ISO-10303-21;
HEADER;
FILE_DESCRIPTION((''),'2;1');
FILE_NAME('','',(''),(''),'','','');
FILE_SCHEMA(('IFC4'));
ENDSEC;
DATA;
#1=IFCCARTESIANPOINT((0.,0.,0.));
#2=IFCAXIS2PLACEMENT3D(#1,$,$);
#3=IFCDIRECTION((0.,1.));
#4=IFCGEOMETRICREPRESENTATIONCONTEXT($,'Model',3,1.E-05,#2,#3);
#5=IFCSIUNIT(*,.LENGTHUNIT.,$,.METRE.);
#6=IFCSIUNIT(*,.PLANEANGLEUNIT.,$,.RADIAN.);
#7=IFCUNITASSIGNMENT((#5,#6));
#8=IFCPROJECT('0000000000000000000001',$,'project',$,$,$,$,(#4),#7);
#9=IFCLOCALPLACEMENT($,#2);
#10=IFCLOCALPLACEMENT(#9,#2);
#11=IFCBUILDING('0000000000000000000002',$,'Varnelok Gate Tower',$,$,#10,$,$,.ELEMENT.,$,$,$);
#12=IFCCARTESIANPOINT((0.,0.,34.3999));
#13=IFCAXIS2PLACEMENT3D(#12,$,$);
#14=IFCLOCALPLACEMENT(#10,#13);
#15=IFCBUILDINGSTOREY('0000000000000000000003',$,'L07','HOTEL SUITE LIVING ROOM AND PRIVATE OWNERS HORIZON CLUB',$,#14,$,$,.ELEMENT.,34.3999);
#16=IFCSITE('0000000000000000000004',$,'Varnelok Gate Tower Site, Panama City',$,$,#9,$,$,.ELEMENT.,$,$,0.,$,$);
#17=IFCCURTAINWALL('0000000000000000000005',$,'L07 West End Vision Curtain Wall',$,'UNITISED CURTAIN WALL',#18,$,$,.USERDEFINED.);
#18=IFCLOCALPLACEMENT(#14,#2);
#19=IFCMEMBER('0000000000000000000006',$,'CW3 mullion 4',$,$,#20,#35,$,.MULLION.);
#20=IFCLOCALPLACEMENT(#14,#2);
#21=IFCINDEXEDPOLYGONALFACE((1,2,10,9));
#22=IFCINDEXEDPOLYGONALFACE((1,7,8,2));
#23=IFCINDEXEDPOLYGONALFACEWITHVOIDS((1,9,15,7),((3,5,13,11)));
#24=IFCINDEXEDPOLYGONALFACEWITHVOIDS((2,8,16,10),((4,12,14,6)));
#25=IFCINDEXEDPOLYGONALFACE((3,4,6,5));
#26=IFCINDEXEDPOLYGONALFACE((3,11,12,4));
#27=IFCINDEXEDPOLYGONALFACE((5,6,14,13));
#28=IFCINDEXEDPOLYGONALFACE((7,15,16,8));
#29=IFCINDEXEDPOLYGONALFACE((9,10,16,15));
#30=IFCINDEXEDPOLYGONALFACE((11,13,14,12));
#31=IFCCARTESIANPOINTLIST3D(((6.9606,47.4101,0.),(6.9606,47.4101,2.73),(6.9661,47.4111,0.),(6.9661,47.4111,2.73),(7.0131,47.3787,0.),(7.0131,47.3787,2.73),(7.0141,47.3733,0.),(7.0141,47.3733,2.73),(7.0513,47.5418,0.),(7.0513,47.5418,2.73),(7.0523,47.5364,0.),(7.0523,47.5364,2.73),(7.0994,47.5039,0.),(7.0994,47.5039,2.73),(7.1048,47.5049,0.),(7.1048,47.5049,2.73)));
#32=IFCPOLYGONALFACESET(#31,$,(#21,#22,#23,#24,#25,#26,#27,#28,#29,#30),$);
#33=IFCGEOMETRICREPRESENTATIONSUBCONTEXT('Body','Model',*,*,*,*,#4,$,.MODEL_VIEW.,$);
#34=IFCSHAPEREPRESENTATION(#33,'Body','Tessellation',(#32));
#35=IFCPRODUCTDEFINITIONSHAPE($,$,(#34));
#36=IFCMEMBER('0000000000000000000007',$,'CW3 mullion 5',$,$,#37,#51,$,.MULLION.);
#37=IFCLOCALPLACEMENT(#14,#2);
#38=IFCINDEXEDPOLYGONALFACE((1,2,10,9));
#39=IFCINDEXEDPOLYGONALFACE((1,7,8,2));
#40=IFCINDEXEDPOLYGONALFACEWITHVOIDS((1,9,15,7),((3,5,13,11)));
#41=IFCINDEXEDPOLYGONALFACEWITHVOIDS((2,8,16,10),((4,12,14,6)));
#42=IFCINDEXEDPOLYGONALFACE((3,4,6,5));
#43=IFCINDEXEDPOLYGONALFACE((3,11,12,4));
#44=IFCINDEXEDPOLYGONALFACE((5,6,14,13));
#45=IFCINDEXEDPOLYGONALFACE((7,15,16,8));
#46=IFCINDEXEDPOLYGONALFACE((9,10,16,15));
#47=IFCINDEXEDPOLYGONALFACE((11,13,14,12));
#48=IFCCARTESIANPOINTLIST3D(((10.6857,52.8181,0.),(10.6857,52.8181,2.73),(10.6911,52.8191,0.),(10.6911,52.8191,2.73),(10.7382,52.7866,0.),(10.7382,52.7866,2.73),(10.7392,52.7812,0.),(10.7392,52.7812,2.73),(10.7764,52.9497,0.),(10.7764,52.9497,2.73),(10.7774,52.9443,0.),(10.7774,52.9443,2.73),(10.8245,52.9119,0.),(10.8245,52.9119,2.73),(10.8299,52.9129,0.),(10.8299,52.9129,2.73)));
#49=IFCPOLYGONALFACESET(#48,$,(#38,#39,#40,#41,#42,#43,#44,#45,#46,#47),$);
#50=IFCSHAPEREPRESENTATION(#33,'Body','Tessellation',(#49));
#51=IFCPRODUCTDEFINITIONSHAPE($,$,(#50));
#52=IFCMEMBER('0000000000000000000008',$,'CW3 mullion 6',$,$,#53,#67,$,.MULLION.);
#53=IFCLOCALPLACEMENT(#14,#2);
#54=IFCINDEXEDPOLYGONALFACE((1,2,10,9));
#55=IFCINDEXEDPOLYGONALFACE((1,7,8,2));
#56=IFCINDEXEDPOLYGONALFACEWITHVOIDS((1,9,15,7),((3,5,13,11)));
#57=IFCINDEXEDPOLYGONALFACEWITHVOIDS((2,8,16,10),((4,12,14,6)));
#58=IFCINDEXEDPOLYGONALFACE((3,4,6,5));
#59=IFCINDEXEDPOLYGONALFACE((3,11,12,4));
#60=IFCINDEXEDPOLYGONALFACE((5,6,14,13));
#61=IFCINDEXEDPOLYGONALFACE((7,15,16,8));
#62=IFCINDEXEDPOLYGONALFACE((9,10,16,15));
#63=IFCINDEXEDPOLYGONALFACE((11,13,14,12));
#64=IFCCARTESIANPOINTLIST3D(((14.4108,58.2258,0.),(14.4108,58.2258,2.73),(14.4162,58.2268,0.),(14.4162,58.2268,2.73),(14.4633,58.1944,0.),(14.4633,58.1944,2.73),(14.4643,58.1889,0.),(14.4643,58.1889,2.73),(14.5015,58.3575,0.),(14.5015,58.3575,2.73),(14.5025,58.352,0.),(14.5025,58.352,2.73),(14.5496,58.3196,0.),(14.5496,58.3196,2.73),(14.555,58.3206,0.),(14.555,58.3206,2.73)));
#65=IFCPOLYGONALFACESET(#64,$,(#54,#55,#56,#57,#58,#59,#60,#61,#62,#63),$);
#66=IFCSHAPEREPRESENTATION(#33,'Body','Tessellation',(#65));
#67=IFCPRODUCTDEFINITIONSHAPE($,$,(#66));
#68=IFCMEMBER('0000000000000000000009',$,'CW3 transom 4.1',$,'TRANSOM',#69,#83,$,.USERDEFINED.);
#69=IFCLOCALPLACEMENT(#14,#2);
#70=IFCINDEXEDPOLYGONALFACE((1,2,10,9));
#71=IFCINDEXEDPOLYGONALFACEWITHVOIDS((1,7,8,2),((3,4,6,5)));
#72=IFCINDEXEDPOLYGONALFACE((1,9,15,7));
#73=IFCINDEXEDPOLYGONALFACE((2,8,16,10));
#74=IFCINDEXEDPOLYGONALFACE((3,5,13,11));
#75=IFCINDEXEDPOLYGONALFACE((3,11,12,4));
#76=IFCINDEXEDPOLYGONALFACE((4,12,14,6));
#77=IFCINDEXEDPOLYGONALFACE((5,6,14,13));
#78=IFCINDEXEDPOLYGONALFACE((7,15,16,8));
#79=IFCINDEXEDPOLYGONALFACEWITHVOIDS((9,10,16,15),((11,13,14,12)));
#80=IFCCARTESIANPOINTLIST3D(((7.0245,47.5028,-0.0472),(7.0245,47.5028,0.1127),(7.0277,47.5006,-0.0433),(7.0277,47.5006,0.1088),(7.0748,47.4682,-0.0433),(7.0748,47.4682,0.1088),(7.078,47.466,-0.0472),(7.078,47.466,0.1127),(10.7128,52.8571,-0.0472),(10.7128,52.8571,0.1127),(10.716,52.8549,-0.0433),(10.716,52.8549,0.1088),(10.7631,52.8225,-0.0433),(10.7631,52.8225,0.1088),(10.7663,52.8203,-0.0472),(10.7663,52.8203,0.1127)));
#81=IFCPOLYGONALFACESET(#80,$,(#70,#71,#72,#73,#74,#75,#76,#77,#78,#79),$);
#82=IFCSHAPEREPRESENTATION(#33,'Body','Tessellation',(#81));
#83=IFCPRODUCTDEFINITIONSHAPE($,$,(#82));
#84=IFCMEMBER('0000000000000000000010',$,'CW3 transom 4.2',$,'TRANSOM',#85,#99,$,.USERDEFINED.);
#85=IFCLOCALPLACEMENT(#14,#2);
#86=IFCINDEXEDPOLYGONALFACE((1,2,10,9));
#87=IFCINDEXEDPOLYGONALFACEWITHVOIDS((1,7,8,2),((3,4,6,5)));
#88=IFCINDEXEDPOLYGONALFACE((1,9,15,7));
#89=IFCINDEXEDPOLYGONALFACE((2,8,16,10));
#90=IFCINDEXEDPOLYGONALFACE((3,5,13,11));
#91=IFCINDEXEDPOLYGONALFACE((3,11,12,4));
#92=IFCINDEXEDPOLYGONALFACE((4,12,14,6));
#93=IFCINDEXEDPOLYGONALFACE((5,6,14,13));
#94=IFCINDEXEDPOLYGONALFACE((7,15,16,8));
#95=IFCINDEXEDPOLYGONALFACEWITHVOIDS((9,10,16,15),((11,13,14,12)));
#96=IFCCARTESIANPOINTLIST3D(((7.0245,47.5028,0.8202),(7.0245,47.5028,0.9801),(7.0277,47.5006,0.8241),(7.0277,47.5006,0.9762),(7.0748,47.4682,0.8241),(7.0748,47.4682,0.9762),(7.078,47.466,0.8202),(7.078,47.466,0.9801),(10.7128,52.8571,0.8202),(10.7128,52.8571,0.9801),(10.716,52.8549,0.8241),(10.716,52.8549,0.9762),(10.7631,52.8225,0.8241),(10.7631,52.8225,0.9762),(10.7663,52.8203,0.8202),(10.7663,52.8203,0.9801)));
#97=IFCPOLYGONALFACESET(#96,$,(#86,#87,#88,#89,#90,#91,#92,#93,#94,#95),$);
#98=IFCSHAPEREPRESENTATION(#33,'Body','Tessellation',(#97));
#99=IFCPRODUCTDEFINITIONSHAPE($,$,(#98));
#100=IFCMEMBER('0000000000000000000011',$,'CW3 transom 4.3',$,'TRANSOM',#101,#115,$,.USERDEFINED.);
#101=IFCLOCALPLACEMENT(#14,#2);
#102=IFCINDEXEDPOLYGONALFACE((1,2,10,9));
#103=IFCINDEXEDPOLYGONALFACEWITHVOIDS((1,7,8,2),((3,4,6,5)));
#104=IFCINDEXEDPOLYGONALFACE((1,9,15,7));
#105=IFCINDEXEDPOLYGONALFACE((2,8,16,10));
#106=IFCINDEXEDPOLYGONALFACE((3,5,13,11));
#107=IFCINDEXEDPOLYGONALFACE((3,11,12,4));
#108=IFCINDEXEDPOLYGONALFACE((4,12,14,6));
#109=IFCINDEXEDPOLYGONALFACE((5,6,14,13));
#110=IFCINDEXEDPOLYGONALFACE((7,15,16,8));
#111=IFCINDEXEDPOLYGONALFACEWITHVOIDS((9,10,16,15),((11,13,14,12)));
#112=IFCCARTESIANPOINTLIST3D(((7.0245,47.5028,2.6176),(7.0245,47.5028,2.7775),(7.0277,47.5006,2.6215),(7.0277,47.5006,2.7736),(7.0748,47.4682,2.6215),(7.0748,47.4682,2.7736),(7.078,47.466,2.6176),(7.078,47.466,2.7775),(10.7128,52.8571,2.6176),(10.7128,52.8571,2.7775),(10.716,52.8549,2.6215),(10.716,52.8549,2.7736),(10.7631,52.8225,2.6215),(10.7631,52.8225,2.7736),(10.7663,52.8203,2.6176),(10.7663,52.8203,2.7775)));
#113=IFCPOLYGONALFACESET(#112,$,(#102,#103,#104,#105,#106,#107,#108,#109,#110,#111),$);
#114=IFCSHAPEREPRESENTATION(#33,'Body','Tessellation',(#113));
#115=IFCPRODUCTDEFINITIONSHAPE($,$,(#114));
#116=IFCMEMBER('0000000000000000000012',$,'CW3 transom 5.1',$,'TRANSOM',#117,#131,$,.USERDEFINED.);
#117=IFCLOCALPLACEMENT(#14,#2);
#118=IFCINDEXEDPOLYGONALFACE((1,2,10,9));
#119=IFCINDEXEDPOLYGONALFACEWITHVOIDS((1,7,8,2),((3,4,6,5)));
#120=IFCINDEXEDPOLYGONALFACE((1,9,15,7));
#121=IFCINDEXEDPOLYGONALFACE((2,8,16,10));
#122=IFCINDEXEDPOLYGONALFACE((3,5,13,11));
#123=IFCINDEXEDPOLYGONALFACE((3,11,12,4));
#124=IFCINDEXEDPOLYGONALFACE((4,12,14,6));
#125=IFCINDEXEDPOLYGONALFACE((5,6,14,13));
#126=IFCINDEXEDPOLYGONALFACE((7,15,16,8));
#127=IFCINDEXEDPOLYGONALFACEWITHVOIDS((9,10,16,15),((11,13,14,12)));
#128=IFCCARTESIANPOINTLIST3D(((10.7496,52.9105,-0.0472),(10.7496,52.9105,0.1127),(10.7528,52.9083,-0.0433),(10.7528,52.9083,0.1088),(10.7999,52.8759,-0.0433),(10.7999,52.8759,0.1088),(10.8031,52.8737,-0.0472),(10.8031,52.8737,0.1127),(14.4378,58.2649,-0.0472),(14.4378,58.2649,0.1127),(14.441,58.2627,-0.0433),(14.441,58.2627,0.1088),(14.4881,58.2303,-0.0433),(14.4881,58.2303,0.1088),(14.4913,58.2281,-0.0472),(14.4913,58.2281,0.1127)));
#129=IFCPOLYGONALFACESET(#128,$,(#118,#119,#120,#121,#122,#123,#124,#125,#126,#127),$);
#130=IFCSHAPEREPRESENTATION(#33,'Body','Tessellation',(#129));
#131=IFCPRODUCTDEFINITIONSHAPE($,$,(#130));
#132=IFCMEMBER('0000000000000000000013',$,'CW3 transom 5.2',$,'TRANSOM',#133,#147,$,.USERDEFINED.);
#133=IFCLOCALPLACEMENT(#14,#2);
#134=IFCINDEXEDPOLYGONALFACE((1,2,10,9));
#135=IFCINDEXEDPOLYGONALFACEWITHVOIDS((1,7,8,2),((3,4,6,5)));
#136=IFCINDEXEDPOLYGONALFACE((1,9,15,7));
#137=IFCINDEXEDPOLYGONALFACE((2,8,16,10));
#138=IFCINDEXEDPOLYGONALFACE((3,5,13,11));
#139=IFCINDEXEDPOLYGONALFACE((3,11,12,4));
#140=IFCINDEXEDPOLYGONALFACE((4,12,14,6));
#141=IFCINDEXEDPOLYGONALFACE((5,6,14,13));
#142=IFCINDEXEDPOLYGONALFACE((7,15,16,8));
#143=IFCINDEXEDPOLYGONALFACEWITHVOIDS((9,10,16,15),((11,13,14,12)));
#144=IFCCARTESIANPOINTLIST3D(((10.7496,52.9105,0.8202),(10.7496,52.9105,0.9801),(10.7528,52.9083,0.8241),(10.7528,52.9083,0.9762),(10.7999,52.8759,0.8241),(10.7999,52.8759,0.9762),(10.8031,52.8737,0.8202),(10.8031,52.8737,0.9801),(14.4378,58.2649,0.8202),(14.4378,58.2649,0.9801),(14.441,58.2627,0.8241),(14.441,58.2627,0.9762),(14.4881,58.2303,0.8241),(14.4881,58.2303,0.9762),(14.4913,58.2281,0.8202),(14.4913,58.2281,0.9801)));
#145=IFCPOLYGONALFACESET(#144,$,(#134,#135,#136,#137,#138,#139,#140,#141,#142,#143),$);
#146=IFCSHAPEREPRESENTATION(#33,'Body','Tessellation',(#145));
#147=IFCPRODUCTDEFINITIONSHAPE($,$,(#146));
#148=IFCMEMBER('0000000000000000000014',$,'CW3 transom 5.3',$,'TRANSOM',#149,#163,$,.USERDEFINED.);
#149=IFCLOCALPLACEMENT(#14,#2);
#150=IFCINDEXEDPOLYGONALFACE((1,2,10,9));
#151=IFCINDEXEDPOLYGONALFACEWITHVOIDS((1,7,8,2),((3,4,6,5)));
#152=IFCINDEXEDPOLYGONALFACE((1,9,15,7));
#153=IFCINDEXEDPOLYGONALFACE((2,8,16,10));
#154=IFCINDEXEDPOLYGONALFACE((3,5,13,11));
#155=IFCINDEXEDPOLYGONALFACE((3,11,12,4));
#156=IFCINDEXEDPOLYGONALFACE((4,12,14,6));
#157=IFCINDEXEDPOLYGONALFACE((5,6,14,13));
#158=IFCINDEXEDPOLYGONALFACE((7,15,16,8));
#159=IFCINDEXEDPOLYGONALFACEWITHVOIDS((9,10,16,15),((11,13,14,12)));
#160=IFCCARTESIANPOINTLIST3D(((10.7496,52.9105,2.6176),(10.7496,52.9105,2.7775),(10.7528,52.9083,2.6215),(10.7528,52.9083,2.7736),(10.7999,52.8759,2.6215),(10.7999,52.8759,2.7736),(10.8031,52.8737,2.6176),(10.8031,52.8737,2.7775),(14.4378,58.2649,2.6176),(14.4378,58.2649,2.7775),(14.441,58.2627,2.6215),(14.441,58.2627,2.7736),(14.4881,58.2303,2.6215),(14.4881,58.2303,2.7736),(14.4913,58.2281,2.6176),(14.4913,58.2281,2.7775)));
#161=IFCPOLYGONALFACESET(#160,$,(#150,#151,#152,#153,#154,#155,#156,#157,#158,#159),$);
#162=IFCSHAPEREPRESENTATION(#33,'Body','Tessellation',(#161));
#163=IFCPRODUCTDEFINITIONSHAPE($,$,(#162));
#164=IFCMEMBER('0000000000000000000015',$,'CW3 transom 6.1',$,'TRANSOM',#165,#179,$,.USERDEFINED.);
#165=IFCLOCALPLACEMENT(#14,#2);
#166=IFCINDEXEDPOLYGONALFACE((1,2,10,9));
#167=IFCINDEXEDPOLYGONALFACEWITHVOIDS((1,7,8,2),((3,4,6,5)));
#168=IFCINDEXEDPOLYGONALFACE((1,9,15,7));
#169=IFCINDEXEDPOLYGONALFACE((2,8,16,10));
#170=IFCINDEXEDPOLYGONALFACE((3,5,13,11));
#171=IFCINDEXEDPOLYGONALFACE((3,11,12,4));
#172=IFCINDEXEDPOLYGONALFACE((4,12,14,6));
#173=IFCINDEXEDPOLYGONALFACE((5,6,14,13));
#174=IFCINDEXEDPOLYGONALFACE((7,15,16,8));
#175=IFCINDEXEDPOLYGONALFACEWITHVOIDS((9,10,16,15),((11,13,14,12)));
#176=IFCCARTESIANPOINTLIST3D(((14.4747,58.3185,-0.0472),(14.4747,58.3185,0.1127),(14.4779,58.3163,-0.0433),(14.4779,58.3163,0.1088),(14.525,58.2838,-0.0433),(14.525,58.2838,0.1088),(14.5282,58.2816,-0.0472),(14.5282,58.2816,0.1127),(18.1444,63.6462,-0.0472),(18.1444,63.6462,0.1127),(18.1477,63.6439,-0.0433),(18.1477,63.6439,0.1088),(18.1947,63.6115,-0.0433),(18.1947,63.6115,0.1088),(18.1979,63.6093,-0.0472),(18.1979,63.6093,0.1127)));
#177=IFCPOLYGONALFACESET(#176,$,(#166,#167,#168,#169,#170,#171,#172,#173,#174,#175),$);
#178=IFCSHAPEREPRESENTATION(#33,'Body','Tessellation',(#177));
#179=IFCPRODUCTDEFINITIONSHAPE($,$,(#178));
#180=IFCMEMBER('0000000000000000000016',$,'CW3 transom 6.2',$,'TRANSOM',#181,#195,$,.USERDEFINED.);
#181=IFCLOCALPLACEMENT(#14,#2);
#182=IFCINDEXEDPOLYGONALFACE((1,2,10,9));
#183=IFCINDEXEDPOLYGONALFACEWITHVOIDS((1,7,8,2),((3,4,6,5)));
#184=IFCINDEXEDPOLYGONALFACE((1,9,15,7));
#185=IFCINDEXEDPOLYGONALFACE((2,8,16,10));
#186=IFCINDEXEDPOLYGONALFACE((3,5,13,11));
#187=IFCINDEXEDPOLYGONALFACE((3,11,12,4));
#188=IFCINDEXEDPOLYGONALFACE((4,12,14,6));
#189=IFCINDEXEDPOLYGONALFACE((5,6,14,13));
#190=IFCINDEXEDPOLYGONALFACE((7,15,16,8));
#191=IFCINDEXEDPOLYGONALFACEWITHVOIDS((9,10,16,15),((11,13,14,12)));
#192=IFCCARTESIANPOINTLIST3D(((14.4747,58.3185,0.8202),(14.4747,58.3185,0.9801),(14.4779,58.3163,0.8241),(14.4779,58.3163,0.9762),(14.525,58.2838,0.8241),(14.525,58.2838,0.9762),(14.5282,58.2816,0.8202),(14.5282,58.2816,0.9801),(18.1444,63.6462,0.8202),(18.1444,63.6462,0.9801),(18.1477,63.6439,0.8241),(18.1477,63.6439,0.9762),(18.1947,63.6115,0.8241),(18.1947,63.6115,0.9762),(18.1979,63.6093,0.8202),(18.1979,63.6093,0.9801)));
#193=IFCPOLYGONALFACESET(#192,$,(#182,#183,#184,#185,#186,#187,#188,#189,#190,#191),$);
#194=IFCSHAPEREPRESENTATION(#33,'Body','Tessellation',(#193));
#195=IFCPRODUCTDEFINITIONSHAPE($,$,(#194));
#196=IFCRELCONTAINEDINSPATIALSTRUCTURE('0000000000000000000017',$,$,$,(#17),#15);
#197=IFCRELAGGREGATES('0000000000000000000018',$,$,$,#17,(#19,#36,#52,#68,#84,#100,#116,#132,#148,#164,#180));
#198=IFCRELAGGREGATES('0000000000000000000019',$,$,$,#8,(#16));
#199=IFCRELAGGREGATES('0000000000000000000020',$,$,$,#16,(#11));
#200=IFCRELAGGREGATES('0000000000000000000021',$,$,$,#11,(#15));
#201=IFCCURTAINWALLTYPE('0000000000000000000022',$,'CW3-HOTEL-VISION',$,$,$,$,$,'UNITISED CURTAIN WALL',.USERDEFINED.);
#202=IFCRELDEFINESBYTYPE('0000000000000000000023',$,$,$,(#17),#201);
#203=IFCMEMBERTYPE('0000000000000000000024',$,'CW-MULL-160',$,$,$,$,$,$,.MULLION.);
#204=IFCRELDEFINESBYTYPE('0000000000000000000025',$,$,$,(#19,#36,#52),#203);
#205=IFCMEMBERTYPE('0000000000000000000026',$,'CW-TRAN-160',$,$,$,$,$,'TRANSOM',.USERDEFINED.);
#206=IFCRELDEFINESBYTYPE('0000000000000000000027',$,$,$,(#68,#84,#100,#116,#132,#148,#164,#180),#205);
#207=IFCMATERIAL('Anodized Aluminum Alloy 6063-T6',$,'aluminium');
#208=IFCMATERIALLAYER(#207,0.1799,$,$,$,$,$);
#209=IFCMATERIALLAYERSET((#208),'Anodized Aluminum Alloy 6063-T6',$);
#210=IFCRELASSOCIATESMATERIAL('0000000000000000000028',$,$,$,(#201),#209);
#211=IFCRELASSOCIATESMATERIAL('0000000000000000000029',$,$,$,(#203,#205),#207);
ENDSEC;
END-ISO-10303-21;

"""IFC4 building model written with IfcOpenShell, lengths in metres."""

from ifc_helpers import new_model, si_unit, direction, frame, origin, origin_2d, place, context, subcontext, project, spatial, hollow_rectangle, extrude, material, layer, layer_set, material_profile, profile_set, type_object, element, aggregate, save


model = new_model("IFC4")

# Units and contexts
model_context = context("Model", 3, precision=1e-05, world=origin(), true_north=direction((0.0, 1.0)))
body_context = subcontext(model_context, "Body", "Model", "MODEL_VIEW")
ifc_project = project(units=[si_unit("LENGTHUNIT", "METRE"), si_unit("PLANEANGLEUNIT", "RADIAN")], contexts=[model_context])

# Site, building, storey
site_placement = place(None, origin())
site = spatial("IfcSite", under=ifc_project, at=site_placement, Name="Varnelok Gate Tower Site, Panama City", CompositionType="ELEMENT", RefElevation=0.0)
building_placement = place(site_placement, origin())
building = spatial("IfcBuilding", under=site, at=building_placement, Name="Varnelok Gate Tower", CompositionType="ELEMENT")
storey_placement = place(building_placement, frame((0.0, 0.0, 34.3999)))
storey = spatial("IfcBuildingStorey", under=building, at=storey_placement, Name="L07", Description="HOTEL SUITE LIVING ROOM AND PRIVATE OWNERS HORIZON CLUB", CompositionType="ELEMENT", Elevation=34.3999)

# Curtain wall, members
ifc_material_1 = material(Name="Anodized Aluminum Alloy 6063-T6", Category="aluminium")
ifc_layer_1 = layer(ifc_material_1, 0.1799)
ifc_layer_set_1 = layer_set([ifc_layer_1], Name="Anodized Aluminum Alloy 6063-T6")
curtain_wall_type = type_object("IfcCurtainWallType", Name="CW3-HOTEL-VISION", ElementType="UNITISED CURTAIN WALL", PredefinedType="USERDEFINED", material=ifc_layer_set_1)
curtain_wall_placement = place(storey_placement, origin())
curtain_wall = element("IfcCurtainWall", 1, at=curtain_wall_placement, inside=storey, type_object=curtain_wall_type, Name="L07 West End Vision Curtain Wall", ObjectType="UNITISED CURTAIN WALL", PredefinedType="USERDEFINED")
ifc_material_profile_1 = material_profile(ifc_material_1, hollow_rectangle(XDim=0.0649, YDim=0.1599, WallThickness=0.0039, at=origin_2d()), Name="ALU160X65X4")
ifc_profile_set_1 = profile_set([ifc_material_profile_1], Name="Anodized Aluminum Alloy 6063-T6")
member_type_1 = type_object("IfcMemberType", Name="CW-MULL-160", PredefinedType="MULLION", material=ifc_profile_set_1)
member_1_placement = place(storey_placement, frame((7.0327, 47.4575, 0.0), z_axis=(0.0, 0.0, 1.0), x_axis=(-0.823533, 0.567269, 0.0)))
member_1 = element("IfcMember", 2, at=member_1_placement, type_object=member_type_1, Name="CW3 mullion 4", PredefinedType="MULLION", context=body_context, shape_type="SweptSolid", body=[
    extrude(hollow_rectangle(XDim=0.0649, YDim=0.1599, WallThickness=0.0039, at=origin_2d()), origin(), (0.0, 0.0, 1.0), 2.73),
])
member_2_placement = place(storey_placement, frame((10.7578, 52.8655, 0.0), z_axis=(0.0, 0.0, 1.0), x_axis=(-0.823533, 0.567269, 0.0)))
member_2 = element("IfcMember", 3, at=member_2_placement, type_object=member_type_1, Name="CW3 mullion 5", PredefinedType="MULLION", context=body_context, shape_type="SweptSolid", body=[
    extrude(hollow_rectangle(XDim=0.0649, YDim=0.1599, WallThickness=0.0039, at=origin_2d()), origin(), (0.0, 0.0, 1.0), 2.73),
])
member_3_placement = place(storey_placement, frame((14.4829, 58.2732, 0.0), z_axis=(0.0, 0.0, 1.0), x_axis=(-0.823533, 0.567269, 0.0)))
member_3 = element("IfcMember", 4, at=member_3_placement, type_object=member_type_1, Name="CW3 mullion 6", PredefinedType="MULLION", context=body_context, shape_type="SweptSolid", body=[
    extrude(hollow_rectangle(XDim=0.0649, YDim=0.1599, WallThickness=0.0039, at=origin_2d()), origin(), (0.0, 0.0, 1.0), 2.73),
])
ifc_material_profile_2 = material_profile(ifc_material_1, hollow_rectangle(XDim=0.0649, YDim=0.1599, WallThickness=0.0039, at=origin_2d()), Name="ALU160X65X4")
ifc_profile_set_2 = profile_set([ifc_material_profile_2], Name="Anodized Aluminum Alloy 6063-T6")
member_type_2 = type_object("IfcMemberType", Name="CW-TRAN-160", ElementType="TRANSOM", PredefinedType="USERDEFINED", material=ifc_profile_set_2)
member_4_placement = place(storey_placement, frame((7.0513, 47.4844, 0.0327), z_axis=(0.567279, 0.823526, 0.0), x_axis=(-0.823526, 0.567279, 0.0)))
member_4 = element("IfcMember", 5, at=member_4_placement, type_object=member_type_2, Name="CW3 transom 4.1", ObjectType="TRANSOM", PredefinedType="USERDEFINED", context=body_context, shape_type="SweptSolid", body=[
    extrude(hollow_rectangle(XDim=0.0649, YDim=0.1599, WallThickness=0.0039, at=origin_2d()), origin(), (0.0, 0.0, 1.0), 6.5017),
])
member_5_placement = place(storey_placement, frame((7.0513, 47.4844, 0.9001), z_axis=(0.567279, 0.823526, 0.0), x_axis=(-0.823526, 0.567279, 0.0)))
member_5 = element("IfcMember", 6, at=member_5_placement, type_object=member_type_2, Name="CW3 transom 4.2", ObjectType="TRANSOM", PredefinedType="USERDEFINED", context=body_context, shape_type="SweptSolid", body=[
    extrude(hollow_rectangle(XDim=0.0649, YDim=0.1599, WallThickness=0.0039, at=origin_2d()), origin(), (0.0, 0.0, 1.0), 6.5017),
])
member_6_placement = place(storey_placement, frame((7.0513, 47.4844, 2.6975), z_axis=(0.567279, 0.823526, 0.0), x_axis=(-0.823526, 0.567279, 0.0)))
member_6 = element("IfcMember", 7, at=member_6_placement, type_object=member_type_2, Name="CW3 transom 4.3", ObjectType="TRANSOM", PredefinedType="USERDEFINED", context=body_context, shape_type="SweptSolid", body=[
    extrude(hollow_rectangle(XDim=0.0649, YDim=0.1599, WallThickness=0.0039, at=origin_2d()), origin(), (0.0, 0.0, 1.0), 6.5017),
])
member_7_placement = place(storey_placement, frame((10.7764, 52.8921, 0.0327), z_axis=(0.567262, 0.823538, 0.0), x_axis=(-0.823538, 0.567262, 0.0)))
member_7 = element("IfcMember", 8, at=member_7_placement, type_object=member_type_2, Name="CW3 transom 5.1", ObjectType="TRANSOM", PredefinedType="USERDEFINED", context=body_context, shape_type="SweptSolid", body=[
    extrude(hollow_rectangle(XDim=0.0649, YDim=0.1599, WallThickness=0.0039, at=origin_2d()), origin(), (0.0, 0.0, 1.0), 6.5017),
])
member_8_placement = place(storey_placement, frame((10.7764, 52.8921, 0.9001), z_axis=(0.567262, 0.823538, 0.0), x_axis=(-0.823538, 0.567262, 0.0)))
member_8 = element("IfcMember", 9, at=member_8_placement, type_object=member_type_2, Name="CW3 transom 5.2", ObjectType="TRANSOM", PredefinedType="USERDEFINED", context=body_context, shape_type="SweptSolid", body=[
    extrude(hollow_rectangle(XDim=0.0649, YDim=0.1599, WallThickness=0.0039, at=origin_2d()), origin(), (0.0, 0.0, 1.0), 6.5017),
])
member_9_placement = place(storey_placement, frame((10.7764, 52.8921, 2.6975), z_axis=(0.567262, 0.823538, 0.0), x_axis=(-0.823538, 0.567262, 0.0)))
member_9 = element("IfcMember", 10, at=member_9_placement, type_object=member_type_2, Name="CW3 transom 5.3", ObjectType="TRANSOM", PredefinedType="USERDEFINED", context=body_context, shape_type="SweptSolid", body=[
    extrude(hollow_rectangle(XDim=0.0649, YDim=0.1599, WallThickness=0.0039, at=origin_2d()), origin(), (0.0, 0.0, 1.0), 6.5017),
])
member_10_placement = place(storey_placement, frame((14.5015, 58.3, 0.0327), z_axis=(0.567256, 0.823542, 0.0), x_axis=(-0.823542, 0.567256, 0.0)))
member_10 = element("IfcMember", 11, at=member_10_placement, type_object=member_type_2, Name="CW3 transom 6.1", ObjectType="TRANSOM", PredefinedType="USERDEFINED", context=body_context, shape_type="SweptSolid", body=[
    extrude(hollow_rectangle(XDim=0.0649, YDim=0.1599, WallThickness=0.0039, at=origin_2d()), origin(), (0.0, 0.0, 1.0), 6.4692),
])
member_11_placement = place(storey_placement, frame((14.5015, 58.3, 0.9001), z_axis=(0.567256, 0.823542, 0.0), x_axis=(-0.823542, 0.567256, 0.0)))
member_11 = element("IfcMember", 12, at=member_11_placement, type_object=member_type_2, Name="CW3 transom 6.2", ObjectType="TRANSOM", PredefinedType="USERDEFINED", context=body_context, shape_type="SweptSolid", body=[
    extrude(hollow_rectangle(XDim=0.0649, YDim=0.1599, WallThickness=0.0039, at=origin_2d()), origin(), (0.0, 0.0, 1.0), 6.4692),
])
aggregate(curtain_wall, [member_1, member_2, member_3, member_4, member_5, member_6, member_7, member_8, member_9, member_10, member_11])

save(model, "model.ifc")
